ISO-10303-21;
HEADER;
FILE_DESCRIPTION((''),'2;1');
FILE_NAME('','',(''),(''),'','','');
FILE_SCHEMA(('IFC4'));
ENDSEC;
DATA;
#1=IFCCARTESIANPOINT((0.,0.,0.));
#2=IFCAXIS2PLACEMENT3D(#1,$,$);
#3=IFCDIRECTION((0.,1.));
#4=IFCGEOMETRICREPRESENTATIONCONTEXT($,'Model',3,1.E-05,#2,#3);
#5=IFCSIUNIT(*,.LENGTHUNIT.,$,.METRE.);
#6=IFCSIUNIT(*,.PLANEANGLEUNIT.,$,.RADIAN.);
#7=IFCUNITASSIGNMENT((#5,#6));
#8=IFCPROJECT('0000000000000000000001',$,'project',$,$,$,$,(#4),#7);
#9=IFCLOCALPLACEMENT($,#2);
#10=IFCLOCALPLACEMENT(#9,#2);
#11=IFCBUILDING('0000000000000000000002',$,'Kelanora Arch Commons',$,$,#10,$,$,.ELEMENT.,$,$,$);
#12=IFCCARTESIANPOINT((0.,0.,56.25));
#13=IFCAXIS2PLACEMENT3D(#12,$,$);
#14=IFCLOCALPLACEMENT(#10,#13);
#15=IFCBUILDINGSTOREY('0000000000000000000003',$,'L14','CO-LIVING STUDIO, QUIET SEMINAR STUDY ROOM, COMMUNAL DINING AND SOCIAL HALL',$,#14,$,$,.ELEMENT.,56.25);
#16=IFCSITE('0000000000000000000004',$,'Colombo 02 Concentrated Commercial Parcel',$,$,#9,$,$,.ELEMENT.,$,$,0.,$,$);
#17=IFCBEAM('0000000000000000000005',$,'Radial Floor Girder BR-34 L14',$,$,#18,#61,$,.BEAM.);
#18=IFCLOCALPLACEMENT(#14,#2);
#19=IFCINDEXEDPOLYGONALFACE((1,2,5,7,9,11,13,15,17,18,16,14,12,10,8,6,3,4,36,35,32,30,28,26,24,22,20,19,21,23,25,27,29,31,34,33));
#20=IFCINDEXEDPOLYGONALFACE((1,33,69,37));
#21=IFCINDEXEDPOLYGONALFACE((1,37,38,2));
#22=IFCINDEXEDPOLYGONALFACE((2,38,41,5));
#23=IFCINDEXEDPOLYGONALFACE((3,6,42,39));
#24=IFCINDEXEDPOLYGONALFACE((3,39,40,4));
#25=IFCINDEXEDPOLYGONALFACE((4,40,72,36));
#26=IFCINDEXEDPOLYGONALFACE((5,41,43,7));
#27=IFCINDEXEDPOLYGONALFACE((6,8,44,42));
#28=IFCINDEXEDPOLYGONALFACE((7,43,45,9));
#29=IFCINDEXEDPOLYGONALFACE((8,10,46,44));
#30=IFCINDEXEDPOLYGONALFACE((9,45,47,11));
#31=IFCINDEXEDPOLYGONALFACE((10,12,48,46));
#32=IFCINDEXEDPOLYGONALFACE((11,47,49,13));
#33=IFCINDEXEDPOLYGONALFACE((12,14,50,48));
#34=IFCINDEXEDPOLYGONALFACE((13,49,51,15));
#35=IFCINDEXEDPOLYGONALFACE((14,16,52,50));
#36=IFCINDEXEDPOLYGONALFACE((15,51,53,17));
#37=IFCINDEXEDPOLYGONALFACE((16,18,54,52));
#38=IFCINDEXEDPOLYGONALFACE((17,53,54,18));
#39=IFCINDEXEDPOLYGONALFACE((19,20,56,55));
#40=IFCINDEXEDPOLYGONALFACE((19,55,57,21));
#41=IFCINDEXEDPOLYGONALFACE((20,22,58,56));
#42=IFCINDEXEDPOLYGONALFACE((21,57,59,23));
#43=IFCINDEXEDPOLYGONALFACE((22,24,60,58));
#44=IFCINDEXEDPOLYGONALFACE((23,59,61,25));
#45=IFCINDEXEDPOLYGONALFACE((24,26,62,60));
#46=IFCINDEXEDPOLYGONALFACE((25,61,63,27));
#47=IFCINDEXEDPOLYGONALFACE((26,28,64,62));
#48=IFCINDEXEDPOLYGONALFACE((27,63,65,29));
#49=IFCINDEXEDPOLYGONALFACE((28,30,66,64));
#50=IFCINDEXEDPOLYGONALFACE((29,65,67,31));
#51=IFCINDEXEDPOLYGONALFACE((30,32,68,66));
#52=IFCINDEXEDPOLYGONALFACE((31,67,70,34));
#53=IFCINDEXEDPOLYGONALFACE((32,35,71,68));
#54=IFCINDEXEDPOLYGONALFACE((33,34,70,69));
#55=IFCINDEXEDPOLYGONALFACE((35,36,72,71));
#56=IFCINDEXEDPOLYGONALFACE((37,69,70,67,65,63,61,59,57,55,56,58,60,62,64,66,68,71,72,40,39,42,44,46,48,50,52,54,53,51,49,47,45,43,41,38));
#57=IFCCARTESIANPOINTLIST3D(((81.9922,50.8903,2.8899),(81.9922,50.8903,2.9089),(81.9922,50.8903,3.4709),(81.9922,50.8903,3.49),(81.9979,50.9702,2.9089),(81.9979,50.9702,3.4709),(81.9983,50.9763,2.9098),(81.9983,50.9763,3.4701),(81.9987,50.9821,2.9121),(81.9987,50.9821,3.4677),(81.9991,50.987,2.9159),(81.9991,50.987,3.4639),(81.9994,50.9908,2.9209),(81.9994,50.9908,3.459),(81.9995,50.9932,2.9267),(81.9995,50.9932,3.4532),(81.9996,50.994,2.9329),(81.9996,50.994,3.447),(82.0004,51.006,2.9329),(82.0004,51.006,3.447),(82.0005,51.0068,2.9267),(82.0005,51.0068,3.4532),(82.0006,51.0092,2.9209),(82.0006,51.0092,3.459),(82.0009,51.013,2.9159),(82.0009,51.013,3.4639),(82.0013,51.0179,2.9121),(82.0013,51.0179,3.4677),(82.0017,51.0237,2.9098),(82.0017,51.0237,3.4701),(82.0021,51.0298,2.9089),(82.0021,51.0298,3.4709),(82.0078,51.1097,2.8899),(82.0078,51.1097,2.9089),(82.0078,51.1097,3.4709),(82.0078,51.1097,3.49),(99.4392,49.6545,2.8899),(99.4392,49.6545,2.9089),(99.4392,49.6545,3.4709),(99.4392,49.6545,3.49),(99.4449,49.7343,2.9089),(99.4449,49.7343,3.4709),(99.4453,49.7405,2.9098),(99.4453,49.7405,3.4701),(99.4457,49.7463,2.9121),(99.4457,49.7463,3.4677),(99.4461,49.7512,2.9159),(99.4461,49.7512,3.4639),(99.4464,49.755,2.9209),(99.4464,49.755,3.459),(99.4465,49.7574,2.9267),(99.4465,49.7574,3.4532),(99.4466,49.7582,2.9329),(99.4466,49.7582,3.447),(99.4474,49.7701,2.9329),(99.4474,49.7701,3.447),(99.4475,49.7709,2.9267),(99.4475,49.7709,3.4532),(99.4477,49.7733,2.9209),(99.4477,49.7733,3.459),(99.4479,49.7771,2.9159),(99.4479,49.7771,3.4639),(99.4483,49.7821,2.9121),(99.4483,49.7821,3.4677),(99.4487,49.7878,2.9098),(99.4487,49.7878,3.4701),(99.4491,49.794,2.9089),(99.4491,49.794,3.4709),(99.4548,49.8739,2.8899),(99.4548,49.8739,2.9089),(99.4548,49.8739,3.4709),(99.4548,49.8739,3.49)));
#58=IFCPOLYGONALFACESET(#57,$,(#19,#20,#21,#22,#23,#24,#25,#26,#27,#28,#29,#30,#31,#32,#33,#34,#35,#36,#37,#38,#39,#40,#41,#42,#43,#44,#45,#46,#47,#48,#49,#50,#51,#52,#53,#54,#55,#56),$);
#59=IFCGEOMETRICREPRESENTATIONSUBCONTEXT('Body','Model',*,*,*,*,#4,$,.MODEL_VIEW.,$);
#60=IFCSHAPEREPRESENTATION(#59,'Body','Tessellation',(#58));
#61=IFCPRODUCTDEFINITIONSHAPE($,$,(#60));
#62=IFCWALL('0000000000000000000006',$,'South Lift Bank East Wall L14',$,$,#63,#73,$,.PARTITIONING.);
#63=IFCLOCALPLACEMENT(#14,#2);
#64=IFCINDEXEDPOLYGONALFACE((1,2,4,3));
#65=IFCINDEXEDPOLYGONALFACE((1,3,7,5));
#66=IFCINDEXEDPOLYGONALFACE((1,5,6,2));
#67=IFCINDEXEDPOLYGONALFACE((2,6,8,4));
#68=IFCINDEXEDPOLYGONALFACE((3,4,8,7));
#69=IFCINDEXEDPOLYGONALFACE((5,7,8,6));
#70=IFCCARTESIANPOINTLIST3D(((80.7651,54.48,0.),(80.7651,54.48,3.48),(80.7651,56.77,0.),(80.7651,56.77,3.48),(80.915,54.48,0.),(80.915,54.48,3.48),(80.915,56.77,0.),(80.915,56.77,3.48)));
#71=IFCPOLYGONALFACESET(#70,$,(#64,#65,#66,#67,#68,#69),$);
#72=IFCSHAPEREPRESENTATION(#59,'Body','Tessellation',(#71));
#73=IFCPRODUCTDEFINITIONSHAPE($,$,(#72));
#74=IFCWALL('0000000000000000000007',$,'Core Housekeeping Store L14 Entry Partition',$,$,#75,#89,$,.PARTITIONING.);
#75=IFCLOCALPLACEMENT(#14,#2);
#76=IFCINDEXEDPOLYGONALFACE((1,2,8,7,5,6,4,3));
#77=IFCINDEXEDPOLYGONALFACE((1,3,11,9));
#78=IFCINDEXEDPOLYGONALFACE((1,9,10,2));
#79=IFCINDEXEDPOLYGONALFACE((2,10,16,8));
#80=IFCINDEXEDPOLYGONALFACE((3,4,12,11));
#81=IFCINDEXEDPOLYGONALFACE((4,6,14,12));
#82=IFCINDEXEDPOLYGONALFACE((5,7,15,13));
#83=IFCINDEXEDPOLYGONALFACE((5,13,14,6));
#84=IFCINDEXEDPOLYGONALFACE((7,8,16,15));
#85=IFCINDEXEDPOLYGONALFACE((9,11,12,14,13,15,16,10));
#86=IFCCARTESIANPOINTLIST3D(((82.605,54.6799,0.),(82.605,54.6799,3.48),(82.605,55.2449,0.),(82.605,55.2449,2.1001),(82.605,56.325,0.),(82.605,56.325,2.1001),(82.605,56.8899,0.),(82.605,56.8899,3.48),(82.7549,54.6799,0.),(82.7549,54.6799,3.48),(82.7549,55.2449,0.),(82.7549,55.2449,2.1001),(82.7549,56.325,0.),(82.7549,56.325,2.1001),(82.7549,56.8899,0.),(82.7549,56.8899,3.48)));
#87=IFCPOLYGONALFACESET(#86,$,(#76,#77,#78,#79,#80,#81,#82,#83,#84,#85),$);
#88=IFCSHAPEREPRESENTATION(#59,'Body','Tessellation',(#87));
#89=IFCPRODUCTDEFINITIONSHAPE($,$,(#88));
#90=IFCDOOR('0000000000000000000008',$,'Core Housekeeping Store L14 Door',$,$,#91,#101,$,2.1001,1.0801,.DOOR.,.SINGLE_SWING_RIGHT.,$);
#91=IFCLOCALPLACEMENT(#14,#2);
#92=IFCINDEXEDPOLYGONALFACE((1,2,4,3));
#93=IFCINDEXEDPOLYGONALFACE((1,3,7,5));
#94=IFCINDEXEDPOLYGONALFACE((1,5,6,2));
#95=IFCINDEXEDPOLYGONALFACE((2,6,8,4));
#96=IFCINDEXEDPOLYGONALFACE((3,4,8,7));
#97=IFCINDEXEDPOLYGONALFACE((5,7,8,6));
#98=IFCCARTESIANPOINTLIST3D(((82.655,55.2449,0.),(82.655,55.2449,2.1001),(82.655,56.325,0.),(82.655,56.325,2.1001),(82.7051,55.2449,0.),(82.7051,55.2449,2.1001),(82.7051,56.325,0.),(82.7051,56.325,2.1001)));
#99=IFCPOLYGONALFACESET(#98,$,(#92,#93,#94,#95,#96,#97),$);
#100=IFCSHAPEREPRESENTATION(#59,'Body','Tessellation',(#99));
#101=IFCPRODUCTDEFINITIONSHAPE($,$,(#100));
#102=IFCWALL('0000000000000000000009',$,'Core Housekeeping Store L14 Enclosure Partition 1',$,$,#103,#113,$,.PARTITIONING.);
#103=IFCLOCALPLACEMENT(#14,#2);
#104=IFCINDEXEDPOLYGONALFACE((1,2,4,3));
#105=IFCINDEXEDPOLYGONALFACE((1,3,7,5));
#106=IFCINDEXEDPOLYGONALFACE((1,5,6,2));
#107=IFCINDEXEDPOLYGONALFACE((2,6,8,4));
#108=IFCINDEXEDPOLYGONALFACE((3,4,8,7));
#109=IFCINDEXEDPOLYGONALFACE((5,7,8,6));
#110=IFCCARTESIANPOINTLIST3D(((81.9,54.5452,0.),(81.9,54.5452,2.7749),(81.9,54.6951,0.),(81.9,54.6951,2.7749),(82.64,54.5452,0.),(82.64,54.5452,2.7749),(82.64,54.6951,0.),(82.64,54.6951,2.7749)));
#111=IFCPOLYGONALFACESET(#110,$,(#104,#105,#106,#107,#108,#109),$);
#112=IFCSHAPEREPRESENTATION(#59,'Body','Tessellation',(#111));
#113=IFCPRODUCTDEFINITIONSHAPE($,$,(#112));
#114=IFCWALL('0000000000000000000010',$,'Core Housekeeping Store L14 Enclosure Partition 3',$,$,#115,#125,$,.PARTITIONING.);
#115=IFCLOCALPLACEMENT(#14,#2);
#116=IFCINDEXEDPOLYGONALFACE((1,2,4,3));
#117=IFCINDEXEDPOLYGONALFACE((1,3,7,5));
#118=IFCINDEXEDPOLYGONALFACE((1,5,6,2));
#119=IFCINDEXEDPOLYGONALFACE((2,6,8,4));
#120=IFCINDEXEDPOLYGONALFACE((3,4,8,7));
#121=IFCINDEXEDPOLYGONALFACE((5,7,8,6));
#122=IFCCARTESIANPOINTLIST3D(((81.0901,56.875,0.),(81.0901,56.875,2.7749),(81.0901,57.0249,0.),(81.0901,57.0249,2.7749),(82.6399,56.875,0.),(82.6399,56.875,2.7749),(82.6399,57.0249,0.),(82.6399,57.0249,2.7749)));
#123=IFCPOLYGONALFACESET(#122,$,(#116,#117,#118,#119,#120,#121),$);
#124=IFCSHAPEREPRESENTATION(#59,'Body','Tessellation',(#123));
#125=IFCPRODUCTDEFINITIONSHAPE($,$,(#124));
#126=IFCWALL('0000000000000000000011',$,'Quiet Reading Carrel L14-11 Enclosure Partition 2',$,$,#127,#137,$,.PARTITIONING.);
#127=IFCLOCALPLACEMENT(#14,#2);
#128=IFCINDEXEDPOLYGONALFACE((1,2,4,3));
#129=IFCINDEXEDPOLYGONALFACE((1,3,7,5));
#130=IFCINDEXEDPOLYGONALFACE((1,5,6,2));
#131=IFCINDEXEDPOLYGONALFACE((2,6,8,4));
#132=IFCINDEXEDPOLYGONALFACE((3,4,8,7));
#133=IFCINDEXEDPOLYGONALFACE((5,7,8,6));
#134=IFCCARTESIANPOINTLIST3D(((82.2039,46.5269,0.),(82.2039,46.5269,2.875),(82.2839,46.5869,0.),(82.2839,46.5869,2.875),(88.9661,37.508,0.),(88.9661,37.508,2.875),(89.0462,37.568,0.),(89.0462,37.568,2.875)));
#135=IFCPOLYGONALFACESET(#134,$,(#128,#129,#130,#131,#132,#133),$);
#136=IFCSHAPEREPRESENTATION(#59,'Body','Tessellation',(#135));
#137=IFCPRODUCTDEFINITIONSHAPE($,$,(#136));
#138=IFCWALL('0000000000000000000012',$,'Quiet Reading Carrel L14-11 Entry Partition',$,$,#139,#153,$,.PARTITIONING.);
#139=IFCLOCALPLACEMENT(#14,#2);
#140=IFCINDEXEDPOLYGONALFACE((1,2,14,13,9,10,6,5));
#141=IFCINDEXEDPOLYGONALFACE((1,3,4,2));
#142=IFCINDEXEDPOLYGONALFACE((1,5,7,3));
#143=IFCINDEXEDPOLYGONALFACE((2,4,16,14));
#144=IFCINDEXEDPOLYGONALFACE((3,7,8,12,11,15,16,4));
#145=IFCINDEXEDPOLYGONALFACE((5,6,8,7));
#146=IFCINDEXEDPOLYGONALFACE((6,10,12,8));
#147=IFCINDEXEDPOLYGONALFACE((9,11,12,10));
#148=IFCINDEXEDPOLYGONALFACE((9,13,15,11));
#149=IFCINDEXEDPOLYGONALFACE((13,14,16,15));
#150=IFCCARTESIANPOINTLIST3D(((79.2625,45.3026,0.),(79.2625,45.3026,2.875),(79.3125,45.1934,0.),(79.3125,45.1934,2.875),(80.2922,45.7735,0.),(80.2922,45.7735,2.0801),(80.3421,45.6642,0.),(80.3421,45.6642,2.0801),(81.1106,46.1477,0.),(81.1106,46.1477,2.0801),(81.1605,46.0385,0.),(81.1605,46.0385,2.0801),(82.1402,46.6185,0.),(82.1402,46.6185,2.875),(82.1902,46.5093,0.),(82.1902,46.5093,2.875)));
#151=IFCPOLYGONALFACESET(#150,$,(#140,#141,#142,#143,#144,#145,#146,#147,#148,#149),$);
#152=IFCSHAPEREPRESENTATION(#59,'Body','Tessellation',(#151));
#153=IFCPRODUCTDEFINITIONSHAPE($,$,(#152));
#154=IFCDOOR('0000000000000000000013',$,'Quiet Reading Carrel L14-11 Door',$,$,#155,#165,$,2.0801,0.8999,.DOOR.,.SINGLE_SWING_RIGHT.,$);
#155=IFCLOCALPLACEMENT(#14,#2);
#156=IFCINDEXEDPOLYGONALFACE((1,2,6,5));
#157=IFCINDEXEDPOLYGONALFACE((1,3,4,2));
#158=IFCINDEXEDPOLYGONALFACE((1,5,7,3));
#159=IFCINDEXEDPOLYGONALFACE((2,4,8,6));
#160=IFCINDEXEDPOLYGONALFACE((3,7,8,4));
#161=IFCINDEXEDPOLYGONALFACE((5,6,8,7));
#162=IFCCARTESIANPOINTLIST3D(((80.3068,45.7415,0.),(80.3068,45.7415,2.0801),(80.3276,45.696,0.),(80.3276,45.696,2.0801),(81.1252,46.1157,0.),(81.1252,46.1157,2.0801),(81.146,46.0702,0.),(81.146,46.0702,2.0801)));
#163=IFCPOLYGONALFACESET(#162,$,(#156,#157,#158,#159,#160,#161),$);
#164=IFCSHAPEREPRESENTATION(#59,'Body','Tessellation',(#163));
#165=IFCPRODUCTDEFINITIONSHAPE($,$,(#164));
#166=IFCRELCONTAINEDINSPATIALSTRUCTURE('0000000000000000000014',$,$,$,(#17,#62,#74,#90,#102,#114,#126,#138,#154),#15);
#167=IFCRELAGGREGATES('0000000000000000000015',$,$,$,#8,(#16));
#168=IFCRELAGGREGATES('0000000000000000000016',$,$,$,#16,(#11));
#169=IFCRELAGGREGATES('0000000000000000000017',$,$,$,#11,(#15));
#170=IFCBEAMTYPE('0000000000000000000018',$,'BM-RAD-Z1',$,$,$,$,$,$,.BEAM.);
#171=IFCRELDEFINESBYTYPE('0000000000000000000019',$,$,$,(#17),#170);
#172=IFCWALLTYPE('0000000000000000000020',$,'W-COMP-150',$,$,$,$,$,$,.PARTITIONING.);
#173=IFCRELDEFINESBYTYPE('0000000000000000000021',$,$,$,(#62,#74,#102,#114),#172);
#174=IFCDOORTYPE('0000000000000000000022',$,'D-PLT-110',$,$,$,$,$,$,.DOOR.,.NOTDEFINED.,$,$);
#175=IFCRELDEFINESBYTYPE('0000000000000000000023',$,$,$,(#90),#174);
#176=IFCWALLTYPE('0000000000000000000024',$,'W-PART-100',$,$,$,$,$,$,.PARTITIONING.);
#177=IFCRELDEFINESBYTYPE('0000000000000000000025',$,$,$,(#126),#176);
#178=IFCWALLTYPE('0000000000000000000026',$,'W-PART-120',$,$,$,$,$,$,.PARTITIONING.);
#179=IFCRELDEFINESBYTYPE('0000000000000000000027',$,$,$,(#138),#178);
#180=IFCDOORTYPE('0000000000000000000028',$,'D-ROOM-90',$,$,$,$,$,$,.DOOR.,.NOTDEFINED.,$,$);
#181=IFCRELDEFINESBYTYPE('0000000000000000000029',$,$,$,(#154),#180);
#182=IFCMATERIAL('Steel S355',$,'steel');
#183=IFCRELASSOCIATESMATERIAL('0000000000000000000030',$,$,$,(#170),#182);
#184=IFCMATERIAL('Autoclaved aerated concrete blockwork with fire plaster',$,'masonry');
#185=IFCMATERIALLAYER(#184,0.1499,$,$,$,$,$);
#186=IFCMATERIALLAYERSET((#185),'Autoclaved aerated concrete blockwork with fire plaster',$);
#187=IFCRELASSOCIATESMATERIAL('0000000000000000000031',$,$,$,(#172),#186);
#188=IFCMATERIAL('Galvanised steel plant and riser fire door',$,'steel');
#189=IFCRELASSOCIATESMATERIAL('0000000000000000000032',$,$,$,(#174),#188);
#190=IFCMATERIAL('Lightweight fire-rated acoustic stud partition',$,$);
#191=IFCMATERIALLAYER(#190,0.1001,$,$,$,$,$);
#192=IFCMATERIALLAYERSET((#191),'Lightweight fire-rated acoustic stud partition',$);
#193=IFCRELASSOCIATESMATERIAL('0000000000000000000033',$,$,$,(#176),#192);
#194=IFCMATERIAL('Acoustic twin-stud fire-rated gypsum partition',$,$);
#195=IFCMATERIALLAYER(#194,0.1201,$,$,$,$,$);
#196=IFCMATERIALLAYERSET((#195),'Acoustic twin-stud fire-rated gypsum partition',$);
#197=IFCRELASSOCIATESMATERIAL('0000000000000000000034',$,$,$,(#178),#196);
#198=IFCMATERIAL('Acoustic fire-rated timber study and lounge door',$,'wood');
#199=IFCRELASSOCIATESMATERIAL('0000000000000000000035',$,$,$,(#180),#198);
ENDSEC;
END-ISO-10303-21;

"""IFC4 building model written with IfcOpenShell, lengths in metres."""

from ifc_helpers import new_model, si_unit, direction, frame, frame_2d, origin, origin_2d, place, context, subcontext, project, spatial, rectangle, i_section, extrude, material, layer, layer_set, material_profile, profile_set, type_object, element, fill, save


model = new_model("IFC4")

# Units and contexts
model_context = context("Model", 3, precision=1e-05, world=origin(), true_north=direction((0.0, 1.0)))
body_context = subcontext(model_context, "Body", "Model", "MODEL_VIEW")
ifc_project = project(units=[si_unit("LENGTHUNIT", "METRE"), si_unit("PLANEANGLEUNIT", "RADIAN")], contexts=[model_context])

# Site, building, storey
site_placement = place(None, origin())
site = spatial("IfcSite", under=ifc_project, at=site_placement, Name="Colombo 02 Concentrated Commercial Parcel", CompositionType="ELEMENT", RefElevation=0.0)
building_placement = place(site_placement, origin())
building = spatial("IfcBuilding", under=site, at=building_placement, Name="Kelanora Arch Commons", CompositionType="ELEMENT")
storey_placement = place(building_placement, frame((0.0, 0.0, 56.25)))
storey = spatial("IfcBuildingStorey", under=building, at=storey_placement, Name="L14", Description="CO-LIVING STUDIO, QUIET SEMINAR STUDY ROOM, COMMUNAL DINING AND SOCIAL HALL", CompositionType="ELEMENT", Elevation=56.25)

# Beam
ifc_material_1 = material(Name="Steel S355", Category="steel")
ifc_material_profile_1 = material_profile(ifc_material_1, i_section(OverallWidth=0.22, OverallDepth=0.6001, WebThickness=0.012, FlangeThickness=0.019, FilletRadius=0.0239, at=origin_2d()), Name="IPE600")
ifc_profile_set_1 = profile_set([ifc_material_profile_1], Name="Steel S355")
beam_type_1 = type_object("IfcBeamType", Name="BM-RAD-Z1", PredefinedType="BEAM", material=ifc_profile_set_1)
beam_1_placement = place(storey_placement, frame((82.0, 51.0, 3.1899), z_axis=(0.997501, -0.070657, 0.0), x_axis=(0.070657, 0.997501, 0.0)))
element("IfcBeam", 1, at=beam_1_placement, inside=storey, type_object=beam_type_1, Name="Radial Floor Girder BR-34 L14", PredefinedType="BEAM", context=body_context, shape_type="SweptSolid", body=[
    extrude(i_section(OverallWidth=0.22, OverallDepth=0.6001, WebThickness=0.012, FlangeThickness=0.019, FilletRadius=0.0239, at=origin_2d()), origin(), (0.0, 0.0, 1.0), 17.4907),
])

# Wall
ifc_material_2 = material(Name="Autoclaved aerated concrete blockwork with fire plaster", Category="masonry")
ifc_layer_1 = layer(ifc_material_2, 0.1499)
ifc_layer_set_1 = layer_set([ifc_layer_1], Name="Autoclaved aerated concrete blockwork with fire plaster")
wall_type_1 = type_object("IfcWallType", Name="W-COMP-150", PredefinedType="PARTITIONING", material=ifc_layer_set_1)
wall_1_placement = place(storey_placement, frame((80.8401, 54.48, 0.0), z_axis=(0.0, 0.0, 1.0), x_axis=(0.0, 1.0, 0.0)))
element("IfcWall", 2, at=wall_1_placement, inside=storey, type_object=wall_type_1, Name="South Lift Bank East Wall L14", PredefinedType="PARTITIONING", context=body_context, shape_type="SweptSolid", body=[
    extrude(rectangle(XDim=2.29, YDim=0.1499, at=frame_2d((1.145, 0.0))), origin(), (0.0, 0.0, 1.0), 3.48),
])

# Wall, opening, door
wall_2_placement = place(storey_placement, frame((82.6799, 54.6799, 0.0), z_axis=(0.0, 0.0, 1.0), x_axis=(0.0, 1.0, 0.0)))
wall_2 = element("IfcWall", 3, at=wall_2_placement, inside=storey, type_object=wall_type_1, Name="Core Housekeeping Store L14 Entry Partition", PredefinedType="PARTITIONING", context=body_context, shape_type="SweptSolid", body=[
    extrude(rectangle(XDim=2.21, YDim=0.1499, at=frame_2d((1.105, 0.0))), origin(), (0.0, 0.0, 1.0), 3.48),
])
opening_1_placement = place(wall_2_placement, frame((0.5649, 0.0, 0.0)))
opening_1 = element("IfcOpeningElement", 4, at=opening_1_placement, cuts=wall_2, PredefinedType="OPENING", context=body_context, shape_type="SweptSolid", body=[
    extrude(rectangle(XDim=1.0801, YDim=2.1001, at=frame_2d((0.54, 1.05))), frame((0.0, 0.085, 0.0), z_axis=(0.0, -1.0, 0.0), x_axis=(1.0, 0.0, 0.0)), (0.0, 0.0, 1.0), 0.1699),
])
ifc_material_3 = material(Name="Galvanised steel plant and riser fire door", Category="steel")
door_type_1 = type_object("IfcDoorType", Name="D-PLT-110", OperationType="NOTDEFINED", PredefinedType="DOOR", material=ifc_material_3)
door_1_placement = place(opening_1_placement, origin())
door_1 = element("IfcDoor", 5, at=door_1_placement, inside=storey, type_object=door_type_1, Name="Core Housekeeping Store L14 Door", OperationType="SINGLE_SWING_RIGHT", OverallHeight=2.1001, OverallWidth=1.0801, PredefinedType="DOOR", context=body_context, shape_type="SweptSolid", body=[
    extrude(rectangle(XDim=1.0801, YDim=2.1001, at=frame_2d((0.54, 1.05))), frame((0.0, 0.0249, 0.0), z_axis=(0.0, -1.0, 0.0), x_axis=(1.0, 0.0, 0.0)), (0.0, 0.0, 1.0), 0.05),
])
fill(opening_1, door_1)

# Walls
wall_3_placement = place(storey_placement, frame((81.8999, 54.6201, 0.0), z_axis=(0.0, 0.0, 1.0), x_axis=(1.0, 0.0, 0.0)))
element("IfcWall", 6, at=wall_3_placement, inside=storey, type_object=wall_type_1, Name="Core Housekeeping Store L14 Enclosure Partition 1", PredefinedType="PARTITIONING", context=body_context, shape_type="SweptSolid", body=[
    extrude(rectangle(XDim=0.74, YDim=0.1499, at=frame_2d((0.3701, 0.0))), origin(), (0.0, 0.0, 1.0), 2.7749),
])
wall_4_placement = place(storey_placement, frame((82.6399, 56.95, 0.0), z_axis=(0.0, 0.0, 1.0), x_axis=(-1.0, 0.0, 0.0)))
element("IfcWall", 7, at=wall_4_placement, inside=storey, type_object=wall_type_1, Name="Core Housekeeping Store L14 Enclosure Partition 3", PredefinedType="PARTITIONING", context=body_context, shape_type="SweptSolid", body=[
    extrude(rectangle(XDim=1.5498, YDim=0.1499, at=frame_2d((0.7749, 0.0))), origin(), (0.0, 0.0, 1.0), 2.7749),
])
ifc_material_4 = material(Name="Lightweight fire-rated acoustic stud partition")
ifc_layer_2 = layer(ifc_material_4, 0.1001)
ifc_layer_set_2 = layer_set([ifc_layer_2], Name="Lightweight fire-rated acoustic stud partition")
wall_type_2 = type_object("IfcWallType", Name="W-PART-100", PredefinedType="PARTITIONING", material=ifc_layer_set_2)
wall_5_placement = place(storey_placement, frame((82.2439, 46.5569, 0.0), z_axis=(0.0, 0.0, 1.0), x_axis=(0.599893, -0.800081, 0.0)))
element("IfcWall", 8, at=wall_5_placement, inside=storey, type_object=wall_type_2, Name="Quiet Reading Carrel L14-11 Enclosure Partition 2", PredefinedType="PARTITIONING", context=body_context, shape_type="SweptSolid", body=[
    extrude(rectangle(XDim=11.2725, YDim=0.1001, at=frame_2d((5.6362, 0.0))), origin(), (0.0, 0.0, 1.0), 2.875),
])

# Wall, opening, door
ifc_material_5 = material(Name="Acoustic twin-stud fire-rated gypsum partition")
ifc_layer_3 = layer(ifc_material_5, 0.1201)
ifc_layer_set_3 = layer_set([ifc_layer_3], Name="Acoustic twin-stud fire-rated gypsum partition")
wall_type_3 = type_object("IfcWallType", Name="W-PART-120", PredefinedType="PARTITIONING", material=ifc_layer_set_3)
wall_6_placement = place(storey_placement, frame((79.2876, 45.248, 0.0), z_axis=(0.0, 0.0, 1.0), x_axis=(0.909426, 0.415866, 0.0)))
wall_6 = element("IfcWall", 9, at=wall_6_placement, inside=storey, type_object=wall_type_3, Name="Quiet Reading Carrel L14-11 Entry Partition", PredefinedType="PARTITIONING", context=body_context, shape_type="SweptSolid", body=[
    extrude(rectangle(XDim=3.1643, YDim=0.1201, at=frame_2d((1.582, 0.0))), origin(), (0.0, 0.0, 1.0), 2.875),
])
opening_2_placement = place(wall_6_placement, frame((1.1321, 0.0, 0.0)))
opening_2 = element("IfcOpeningElement", 10, at=opening_2_placement, cuts=wall_6, PredefinedType="OPENING", context=body_context, shape_type="SweptSolid", body=[
    extrude(rectangle(XDim=0.8999, YDim=2.0801, at=frame_2d((0.45, 1.04))), frame((0.0, 0.0701, 0.0), z_axis=(0.0, -1.0, 0.0), x_axis=(1.0, 0.0, 0.0)), (0.0, 0.0, 1.0), 0.1401),
])
ifc_material_6 = material(Name="Acoustic fire-rated timber study and lounge door", Category="wood")
door_type_2 = type_object("IfcDoorType", Name="D-ROOM-90", OperationType="NOTDEFINED", PredefinedType="DOOR", material=ifc_material_6)
door_2_placement = place(opening_2_placement, origin())
door_2 = element("IfcDoor", 11, at=door_2_placement, inside=storey, type_object=door_type_2, Name="Quiet Reading Carrel L14-11 Door", OperationType="SINGLE_SWING_RIGHT", OverallHeight=2.0801, OverallWidth=0.8999, PredefinedType="DOOR", context=body_context, shape_type="SweptSolid", body=[
    extrude(rectangle(XDim=0.8999, YDim=2.0801, at=frame_2d((0.45, 1.04))), frame((0.0, 0.0249, 0.0), z_axis=(0.0, -1.0, 0.0), x_axis=(1.0, 0.0, 0.0)), (0.0, 0.0, 1.0), 0.05),
])
fill(opening_2, door_2)

save(model, "model.ifc")
